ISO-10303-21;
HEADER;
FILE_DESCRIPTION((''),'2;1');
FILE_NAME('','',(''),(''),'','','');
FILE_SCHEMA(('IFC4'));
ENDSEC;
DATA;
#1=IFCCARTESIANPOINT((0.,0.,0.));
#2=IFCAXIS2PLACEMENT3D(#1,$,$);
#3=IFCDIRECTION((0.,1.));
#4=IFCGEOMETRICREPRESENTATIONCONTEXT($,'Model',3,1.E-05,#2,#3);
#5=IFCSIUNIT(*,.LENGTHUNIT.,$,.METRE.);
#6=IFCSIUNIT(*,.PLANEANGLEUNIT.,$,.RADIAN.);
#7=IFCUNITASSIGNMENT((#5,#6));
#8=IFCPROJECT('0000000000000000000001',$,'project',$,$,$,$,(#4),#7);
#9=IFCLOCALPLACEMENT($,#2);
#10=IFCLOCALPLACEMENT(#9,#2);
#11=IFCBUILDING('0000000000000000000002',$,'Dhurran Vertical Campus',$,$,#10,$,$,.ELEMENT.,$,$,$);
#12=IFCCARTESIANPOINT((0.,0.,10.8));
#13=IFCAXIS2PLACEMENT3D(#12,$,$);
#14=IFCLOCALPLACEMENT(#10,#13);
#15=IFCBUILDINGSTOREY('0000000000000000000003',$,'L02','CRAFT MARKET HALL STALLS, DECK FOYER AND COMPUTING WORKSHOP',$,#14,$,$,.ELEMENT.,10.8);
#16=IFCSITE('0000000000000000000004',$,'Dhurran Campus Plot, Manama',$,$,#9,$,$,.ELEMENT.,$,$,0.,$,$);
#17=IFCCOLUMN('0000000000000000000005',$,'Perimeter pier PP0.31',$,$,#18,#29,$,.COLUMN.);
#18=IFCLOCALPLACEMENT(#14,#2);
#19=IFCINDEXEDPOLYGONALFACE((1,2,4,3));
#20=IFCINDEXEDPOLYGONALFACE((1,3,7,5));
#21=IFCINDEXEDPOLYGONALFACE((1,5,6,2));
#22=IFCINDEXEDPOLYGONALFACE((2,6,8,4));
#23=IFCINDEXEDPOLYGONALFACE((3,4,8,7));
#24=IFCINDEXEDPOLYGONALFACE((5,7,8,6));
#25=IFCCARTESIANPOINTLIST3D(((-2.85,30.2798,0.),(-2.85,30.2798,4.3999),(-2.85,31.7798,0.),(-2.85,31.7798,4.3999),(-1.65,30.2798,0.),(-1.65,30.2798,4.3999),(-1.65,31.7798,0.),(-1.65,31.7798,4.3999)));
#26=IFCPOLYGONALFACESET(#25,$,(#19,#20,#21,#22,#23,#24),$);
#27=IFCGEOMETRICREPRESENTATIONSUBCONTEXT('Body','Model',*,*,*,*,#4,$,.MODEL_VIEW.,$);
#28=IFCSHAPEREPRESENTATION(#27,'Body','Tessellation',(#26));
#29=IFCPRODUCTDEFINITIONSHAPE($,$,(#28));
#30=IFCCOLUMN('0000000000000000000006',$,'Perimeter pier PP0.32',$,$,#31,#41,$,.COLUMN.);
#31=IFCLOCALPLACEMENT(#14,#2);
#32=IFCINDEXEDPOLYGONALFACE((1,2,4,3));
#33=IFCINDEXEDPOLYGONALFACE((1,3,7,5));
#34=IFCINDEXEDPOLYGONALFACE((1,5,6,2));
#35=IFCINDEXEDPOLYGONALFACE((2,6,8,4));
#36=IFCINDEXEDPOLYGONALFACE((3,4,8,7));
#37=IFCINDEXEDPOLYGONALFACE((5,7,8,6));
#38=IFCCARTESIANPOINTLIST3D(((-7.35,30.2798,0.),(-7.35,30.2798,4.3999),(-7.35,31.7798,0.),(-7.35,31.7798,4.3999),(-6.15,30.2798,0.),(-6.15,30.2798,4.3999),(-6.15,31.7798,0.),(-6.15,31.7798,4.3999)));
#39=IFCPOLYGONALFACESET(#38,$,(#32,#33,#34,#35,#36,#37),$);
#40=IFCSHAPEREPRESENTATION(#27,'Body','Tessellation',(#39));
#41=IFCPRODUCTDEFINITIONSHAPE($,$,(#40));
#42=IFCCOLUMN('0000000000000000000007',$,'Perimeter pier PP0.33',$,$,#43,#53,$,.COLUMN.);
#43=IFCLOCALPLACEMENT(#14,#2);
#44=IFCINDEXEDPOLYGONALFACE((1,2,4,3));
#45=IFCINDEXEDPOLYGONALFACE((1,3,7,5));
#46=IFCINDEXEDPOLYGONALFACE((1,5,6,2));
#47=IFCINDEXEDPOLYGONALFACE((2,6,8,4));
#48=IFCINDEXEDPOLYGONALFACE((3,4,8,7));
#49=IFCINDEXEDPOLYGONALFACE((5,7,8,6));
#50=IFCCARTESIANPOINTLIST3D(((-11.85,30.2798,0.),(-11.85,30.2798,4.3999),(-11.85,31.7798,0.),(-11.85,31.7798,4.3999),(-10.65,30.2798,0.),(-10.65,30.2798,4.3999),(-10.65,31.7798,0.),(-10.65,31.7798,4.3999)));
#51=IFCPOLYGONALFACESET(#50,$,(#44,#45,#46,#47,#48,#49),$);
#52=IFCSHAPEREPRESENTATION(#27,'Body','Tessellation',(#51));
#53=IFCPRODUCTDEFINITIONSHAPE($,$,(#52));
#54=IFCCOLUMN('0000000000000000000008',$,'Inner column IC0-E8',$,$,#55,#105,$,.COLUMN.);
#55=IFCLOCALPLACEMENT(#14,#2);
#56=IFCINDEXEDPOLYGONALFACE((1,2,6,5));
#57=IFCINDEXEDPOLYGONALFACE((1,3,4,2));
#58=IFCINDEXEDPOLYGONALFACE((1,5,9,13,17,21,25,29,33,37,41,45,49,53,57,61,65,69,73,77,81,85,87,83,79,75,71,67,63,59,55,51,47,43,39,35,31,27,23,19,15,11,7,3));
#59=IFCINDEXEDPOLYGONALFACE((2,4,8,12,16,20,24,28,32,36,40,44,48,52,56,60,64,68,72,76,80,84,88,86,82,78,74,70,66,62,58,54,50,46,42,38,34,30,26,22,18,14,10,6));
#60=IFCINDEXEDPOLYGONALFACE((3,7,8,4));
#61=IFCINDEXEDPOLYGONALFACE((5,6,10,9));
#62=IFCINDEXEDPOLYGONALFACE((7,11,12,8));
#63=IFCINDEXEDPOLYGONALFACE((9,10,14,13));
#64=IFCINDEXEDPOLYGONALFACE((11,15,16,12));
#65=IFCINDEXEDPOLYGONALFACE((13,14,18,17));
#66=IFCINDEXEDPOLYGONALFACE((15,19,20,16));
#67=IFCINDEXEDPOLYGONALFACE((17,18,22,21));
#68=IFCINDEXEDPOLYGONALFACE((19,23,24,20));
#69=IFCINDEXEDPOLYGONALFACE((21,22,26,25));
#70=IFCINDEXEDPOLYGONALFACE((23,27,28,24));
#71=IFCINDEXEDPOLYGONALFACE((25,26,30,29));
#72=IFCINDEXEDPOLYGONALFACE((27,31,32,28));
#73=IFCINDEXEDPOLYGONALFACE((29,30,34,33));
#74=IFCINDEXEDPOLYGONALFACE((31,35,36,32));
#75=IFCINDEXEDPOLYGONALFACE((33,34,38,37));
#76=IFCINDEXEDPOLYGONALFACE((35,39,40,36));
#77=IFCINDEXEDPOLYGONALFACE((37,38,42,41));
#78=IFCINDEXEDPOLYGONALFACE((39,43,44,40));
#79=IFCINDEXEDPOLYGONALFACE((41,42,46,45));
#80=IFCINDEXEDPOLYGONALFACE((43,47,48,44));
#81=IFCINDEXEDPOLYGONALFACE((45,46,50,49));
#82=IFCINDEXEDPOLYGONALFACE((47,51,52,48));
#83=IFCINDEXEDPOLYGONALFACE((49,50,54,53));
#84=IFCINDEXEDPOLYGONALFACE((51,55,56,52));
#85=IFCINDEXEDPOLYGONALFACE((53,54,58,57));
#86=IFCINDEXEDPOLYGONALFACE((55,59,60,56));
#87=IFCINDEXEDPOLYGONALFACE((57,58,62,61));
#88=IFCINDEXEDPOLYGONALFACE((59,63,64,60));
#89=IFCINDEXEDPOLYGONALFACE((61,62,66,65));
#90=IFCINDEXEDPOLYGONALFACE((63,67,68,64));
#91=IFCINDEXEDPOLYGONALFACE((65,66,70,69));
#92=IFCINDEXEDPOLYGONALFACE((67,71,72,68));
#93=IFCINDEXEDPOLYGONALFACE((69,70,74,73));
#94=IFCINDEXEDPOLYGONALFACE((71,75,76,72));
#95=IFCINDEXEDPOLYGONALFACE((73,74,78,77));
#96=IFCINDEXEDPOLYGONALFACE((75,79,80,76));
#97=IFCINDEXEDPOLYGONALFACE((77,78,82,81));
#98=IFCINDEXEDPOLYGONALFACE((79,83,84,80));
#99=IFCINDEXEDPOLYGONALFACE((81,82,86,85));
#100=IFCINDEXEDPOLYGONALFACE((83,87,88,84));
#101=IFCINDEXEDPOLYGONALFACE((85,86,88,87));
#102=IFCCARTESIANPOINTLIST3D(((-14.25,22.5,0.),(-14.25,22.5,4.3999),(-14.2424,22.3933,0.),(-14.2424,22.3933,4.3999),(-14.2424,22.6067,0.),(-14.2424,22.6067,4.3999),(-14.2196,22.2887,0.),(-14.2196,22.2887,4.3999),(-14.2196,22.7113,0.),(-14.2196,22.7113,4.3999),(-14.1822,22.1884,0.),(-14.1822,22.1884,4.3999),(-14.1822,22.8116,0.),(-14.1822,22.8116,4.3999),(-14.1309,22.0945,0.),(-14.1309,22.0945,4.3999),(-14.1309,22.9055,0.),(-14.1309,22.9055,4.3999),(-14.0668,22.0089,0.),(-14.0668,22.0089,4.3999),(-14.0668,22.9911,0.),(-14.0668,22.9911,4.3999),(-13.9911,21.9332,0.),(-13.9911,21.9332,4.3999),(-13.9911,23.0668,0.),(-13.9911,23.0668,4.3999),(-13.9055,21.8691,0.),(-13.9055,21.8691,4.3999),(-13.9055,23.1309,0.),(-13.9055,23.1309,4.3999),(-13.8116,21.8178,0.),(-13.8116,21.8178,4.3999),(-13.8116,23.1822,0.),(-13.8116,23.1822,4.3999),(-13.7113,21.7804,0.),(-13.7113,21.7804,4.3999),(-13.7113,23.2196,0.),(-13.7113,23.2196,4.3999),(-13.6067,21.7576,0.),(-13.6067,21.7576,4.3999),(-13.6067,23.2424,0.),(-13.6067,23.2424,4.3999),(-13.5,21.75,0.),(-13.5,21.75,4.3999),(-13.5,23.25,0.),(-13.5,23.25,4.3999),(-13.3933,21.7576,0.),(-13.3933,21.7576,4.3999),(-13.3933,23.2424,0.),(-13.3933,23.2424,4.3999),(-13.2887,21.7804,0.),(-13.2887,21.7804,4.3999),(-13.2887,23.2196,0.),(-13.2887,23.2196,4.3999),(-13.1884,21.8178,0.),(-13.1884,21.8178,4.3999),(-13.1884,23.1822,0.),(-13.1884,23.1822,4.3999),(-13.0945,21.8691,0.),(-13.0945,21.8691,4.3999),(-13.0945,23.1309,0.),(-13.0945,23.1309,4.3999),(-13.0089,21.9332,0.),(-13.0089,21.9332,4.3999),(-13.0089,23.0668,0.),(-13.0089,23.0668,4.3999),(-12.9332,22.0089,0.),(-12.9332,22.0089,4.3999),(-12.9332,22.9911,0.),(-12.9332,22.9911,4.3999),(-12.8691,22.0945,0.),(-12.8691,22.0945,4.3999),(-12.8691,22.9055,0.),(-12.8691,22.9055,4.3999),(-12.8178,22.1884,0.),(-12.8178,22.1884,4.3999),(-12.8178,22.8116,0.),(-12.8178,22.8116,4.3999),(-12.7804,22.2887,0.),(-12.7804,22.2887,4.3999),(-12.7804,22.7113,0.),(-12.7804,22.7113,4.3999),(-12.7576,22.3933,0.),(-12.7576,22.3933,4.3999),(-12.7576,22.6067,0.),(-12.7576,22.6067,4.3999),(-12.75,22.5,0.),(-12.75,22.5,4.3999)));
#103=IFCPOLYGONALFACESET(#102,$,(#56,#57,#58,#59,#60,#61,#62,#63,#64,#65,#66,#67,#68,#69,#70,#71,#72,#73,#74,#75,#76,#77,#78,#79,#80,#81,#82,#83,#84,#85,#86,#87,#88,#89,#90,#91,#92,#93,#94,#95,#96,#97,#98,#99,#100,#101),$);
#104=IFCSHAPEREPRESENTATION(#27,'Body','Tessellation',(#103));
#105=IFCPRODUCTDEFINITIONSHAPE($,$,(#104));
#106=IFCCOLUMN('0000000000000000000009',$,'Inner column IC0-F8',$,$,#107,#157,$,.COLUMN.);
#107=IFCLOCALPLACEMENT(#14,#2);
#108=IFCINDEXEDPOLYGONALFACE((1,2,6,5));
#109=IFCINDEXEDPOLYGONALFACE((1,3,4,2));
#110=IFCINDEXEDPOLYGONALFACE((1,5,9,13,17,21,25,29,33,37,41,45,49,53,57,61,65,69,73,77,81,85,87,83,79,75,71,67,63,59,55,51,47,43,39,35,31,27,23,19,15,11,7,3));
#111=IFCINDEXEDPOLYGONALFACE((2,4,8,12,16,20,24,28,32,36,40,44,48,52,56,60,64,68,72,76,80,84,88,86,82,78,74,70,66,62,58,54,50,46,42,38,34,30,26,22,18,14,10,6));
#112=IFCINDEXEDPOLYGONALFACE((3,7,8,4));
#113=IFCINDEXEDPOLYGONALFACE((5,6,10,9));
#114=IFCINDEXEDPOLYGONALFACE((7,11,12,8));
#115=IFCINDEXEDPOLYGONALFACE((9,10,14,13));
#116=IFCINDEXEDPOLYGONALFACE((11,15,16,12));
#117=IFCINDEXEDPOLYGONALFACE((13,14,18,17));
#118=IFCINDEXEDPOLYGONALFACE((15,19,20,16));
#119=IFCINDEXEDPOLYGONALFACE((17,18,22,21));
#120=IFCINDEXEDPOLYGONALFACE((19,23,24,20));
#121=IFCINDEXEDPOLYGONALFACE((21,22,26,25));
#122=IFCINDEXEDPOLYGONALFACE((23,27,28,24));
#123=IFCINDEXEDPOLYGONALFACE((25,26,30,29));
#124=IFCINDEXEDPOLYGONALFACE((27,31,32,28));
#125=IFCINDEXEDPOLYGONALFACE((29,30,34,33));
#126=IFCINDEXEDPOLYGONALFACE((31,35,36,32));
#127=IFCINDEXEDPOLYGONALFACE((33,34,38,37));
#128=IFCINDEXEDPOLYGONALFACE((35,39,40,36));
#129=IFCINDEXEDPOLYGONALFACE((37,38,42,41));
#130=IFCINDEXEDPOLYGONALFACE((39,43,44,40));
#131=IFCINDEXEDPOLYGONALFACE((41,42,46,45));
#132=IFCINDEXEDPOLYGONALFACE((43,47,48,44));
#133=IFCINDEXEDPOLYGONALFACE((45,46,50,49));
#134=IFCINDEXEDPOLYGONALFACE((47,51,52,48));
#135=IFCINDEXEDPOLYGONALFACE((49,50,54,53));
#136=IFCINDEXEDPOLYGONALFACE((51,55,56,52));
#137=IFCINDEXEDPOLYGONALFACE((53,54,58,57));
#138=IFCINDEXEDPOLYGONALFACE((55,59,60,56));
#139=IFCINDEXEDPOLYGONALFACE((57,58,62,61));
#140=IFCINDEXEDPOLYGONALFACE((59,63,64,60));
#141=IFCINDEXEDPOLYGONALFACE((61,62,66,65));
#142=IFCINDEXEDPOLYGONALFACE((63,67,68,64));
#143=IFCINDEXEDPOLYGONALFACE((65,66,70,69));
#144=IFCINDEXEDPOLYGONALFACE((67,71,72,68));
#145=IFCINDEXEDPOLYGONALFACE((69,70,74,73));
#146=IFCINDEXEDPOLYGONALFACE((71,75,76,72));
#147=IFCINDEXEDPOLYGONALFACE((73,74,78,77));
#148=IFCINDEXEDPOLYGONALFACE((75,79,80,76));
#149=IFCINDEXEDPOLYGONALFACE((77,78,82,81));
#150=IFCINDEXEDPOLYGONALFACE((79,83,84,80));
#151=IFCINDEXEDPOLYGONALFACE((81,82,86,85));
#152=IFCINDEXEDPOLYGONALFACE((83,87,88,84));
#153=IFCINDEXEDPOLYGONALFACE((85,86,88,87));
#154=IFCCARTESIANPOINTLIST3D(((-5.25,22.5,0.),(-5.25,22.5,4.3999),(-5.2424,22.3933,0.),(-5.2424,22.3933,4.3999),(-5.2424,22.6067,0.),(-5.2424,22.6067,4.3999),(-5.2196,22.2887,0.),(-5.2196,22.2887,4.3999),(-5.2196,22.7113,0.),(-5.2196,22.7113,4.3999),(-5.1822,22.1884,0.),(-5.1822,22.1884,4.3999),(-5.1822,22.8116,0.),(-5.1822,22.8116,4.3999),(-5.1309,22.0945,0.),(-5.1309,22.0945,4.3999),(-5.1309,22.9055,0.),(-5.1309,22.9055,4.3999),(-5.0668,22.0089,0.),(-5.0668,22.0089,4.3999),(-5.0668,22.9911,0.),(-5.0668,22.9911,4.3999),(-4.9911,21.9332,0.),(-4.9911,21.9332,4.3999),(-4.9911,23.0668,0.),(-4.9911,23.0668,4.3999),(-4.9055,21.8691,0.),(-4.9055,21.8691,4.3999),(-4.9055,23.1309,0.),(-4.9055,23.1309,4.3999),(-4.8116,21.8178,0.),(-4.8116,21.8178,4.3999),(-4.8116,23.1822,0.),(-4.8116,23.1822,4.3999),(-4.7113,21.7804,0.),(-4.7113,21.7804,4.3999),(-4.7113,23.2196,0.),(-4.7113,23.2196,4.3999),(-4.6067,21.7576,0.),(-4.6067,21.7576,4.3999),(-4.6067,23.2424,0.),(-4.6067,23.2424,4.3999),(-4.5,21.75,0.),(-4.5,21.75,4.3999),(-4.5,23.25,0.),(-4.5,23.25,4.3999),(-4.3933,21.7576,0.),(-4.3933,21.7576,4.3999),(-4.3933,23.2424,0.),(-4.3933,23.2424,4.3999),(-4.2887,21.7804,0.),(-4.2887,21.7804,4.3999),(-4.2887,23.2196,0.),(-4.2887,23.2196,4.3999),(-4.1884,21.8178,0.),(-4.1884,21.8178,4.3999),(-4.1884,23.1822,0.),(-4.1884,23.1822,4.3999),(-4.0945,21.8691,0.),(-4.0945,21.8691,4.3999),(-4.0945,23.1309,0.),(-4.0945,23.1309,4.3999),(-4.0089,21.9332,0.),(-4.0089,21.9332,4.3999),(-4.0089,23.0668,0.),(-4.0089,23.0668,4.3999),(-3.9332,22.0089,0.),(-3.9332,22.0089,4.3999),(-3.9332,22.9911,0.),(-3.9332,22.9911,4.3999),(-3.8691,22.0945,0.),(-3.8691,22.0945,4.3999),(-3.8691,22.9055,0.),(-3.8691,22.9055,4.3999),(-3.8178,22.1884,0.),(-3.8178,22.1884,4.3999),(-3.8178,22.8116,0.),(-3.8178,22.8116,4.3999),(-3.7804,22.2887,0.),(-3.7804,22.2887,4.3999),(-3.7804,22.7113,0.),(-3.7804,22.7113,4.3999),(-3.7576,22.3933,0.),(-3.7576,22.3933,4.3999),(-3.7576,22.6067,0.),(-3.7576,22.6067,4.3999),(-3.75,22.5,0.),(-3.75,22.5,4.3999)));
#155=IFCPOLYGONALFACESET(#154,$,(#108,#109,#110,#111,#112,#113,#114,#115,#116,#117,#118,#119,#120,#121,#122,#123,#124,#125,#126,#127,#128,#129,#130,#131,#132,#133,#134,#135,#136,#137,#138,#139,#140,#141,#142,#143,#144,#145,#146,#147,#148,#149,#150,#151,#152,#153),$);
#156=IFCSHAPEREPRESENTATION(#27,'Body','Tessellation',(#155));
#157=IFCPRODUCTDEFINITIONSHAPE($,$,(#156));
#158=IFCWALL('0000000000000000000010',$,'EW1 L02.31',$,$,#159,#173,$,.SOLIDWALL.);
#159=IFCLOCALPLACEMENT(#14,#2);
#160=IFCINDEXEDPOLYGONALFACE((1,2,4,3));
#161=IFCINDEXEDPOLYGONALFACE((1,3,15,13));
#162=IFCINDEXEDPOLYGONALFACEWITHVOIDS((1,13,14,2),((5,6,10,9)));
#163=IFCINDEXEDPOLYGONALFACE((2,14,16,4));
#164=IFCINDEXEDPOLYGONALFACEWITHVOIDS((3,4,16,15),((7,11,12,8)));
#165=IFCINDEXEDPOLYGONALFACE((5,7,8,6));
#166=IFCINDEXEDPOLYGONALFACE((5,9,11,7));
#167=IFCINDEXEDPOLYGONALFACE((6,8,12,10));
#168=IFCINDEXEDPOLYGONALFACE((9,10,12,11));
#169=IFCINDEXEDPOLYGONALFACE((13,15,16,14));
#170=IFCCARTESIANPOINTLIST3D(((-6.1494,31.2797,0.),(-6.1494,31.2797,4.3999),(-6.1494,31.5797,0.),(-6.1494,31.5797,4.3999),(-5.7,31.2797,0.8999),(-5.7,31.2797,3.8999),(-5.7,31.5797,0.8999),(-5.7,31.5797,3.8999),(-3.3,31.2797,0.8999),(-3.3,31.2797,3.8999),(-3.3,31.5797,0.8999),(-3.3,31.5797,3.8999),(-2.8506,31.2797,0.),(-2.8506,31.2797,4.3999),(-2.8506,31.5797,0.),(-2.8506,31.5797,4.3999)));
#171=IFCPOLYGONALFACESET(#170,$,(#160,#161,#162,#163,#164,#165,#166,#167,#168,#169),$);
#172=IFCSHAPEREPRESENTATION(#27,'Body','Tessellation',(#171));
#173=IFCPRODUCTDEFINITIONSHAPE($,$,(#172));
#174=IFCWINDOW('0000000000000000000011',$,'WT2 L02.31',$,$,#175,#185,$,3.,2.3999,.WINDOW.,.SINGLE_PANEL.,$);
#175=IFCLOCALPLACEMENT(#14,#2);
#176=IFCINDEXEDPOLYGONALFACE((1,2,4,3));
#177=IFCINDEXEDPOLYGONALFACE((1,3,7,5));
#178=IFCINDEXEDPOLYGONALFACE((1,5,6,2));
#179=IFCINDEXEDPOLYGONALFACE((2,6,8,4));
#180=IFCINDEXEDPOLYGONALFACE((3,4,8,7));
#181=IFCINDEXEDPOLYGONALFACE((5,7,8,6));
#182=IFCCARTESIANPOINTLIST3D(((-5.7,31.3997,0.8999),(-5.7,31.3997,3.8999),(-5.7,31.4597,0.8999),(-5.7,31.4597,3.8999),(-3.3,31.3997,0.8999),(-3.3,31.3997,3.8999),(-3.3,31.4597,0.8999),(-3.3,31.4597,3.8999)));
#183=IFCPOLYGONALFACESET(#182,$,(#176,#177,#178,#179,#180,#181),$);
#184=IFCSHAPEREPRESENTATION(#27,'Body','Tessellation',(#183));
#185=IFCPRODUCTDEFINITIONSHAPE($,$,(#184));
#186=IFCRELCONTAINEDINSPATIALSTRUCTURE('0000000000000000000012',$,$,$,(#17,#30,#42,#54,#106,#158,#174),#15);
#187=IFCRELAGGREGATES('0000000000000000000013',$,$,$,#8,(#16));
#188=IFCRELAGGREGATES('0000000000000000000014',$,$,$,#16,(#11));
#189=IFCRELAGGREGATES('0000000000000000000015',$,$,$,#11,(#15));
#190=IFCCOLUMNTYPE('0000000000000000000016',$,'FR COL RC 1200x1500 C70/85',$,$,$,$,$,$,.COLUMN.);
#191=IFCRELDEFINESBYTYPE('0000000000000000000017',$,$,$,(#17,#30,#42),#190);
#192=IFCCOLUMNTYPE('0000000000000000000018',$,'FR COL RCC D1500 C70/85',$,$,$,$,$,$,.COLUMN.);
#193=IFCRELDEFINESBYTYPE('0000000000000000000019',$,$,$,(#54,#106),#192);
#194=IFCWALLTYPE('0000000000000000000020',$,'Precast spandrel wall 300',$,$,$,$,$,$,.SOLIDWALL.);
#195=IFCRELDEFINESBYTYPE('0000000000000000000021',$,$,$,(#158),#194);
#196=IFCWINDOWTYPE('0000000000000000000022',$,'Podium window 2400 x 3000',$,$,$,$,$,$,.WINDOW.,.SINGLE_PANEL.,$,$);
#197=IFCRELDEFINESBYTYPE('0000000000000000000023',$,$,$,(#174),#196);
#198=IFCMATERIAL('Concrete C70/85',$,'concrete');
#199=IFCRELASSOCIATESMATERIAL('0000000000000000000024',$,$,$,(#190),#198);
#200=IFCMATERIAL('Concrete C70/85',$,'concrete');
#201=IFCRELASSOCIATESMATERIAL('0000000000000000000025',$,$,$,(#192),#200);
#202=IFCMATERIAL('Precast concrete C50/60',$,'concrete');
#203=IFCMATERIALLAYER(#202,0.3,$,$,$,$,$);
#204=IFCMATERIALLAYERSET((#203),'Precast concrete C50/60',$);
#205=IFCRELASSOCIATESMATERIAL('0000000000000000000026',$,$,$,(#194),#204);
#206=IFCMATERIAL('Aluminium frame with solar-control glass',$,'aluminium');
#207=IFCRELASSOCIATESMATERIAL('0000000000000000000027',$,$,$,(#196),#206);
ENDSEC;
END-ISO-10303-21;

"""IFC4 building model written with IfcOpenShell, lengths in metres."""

from ifc_helpers import new_model, si_unit, direction, frame, frame_2d, origin, origin_2d, place, context, subcontext, project, spatial, rectangle, circle, extrude, material, layer, layer_set, material_profile, profile_set, type_object, element, fill, save


model = new_model("IFC4")

# Units and contexts
model_context = context("Model", 3, precision=1e-05, world=origin(), true_north=direction((0.0, 1.0)))
body_context = subcontext(model_context, "Body", "Model", "MODEL_VIEW")
ifc_project = project(units=[si_unit("LENGTHUNIT", "METRE"), si_unit("PLANEANGLEUNIT", "RADIAN")], contexts=[model_context])

# Site, building, storey
site_placement = place(None, origin())
site = spatial("IfcSite", under=ifc_project, at=site_placement, Name="Dhurran Campus Plot, Manama", CompositionType="ELEMENT", RefElevation=0.0)
building_placement = place(site_placement, origin())
building = spatial("IfcBuilding", under=site, at=building_placement, Name="Dhurran Vertical Campus", CompositionType="ELEMENT")
storey_placement = place(building_placement, frame((0.0, 0.0, 10.8)))
storey = spatial("IfcBuildingStorey", under=building, at=storey_placement, Name="L02", Description="CRAFT MARKET HALL STALLS, DECK FOYER AND COMPUTING WORKSHOP", CompositionType="ELEMENT", Elevation=10.8)

# Columns
ifc_material_1 = material(Name="Concrete C70/85", Category="concrete")
ifc_material_profile_1 = material_profile(ifc_material_1, rectangle(XDim=1.2, YDim=1.5, at=origin_2d()), Name="RC 1200x1500")
ifc_profile_set_1 = profile_set([ifc_material_profile_1], Name="Concrete C70/85")
column_type_1 = type_object("IfcColumnType", Name="FR COL RC 1200x1500 C70/85", PredefinedType="COLUMN", material=ifc_profile_set_1)
for number, where, z_axis, x_axis, name in (
    (1, (-2.25, 31.0298, 0.0), (0.0, 0.0, 1.0), (-1.0, 0.0, 0.0), "Perimeter pier PP0.31"),
    (2, (-6.75, 31.0298, 0.0), (0.0, 0.0, 1.0), (-1.0, 0.0, 0.0), "Perimeter pier PP0.32"),
    (3, (-11.25, 31.0298, 0.0), (0.0, 0.0, 1.0), (-1.0, 0.0, 0.0), "Perimeter pier PP0.33"),
):
    element("IfcColumn", number, at=place(storey_placement, frame(where, z_axis=z_axis, x_axis=x_axis)), inside=storey, type_object=column_type_1, Name=name, PredefinedType="COLUMN", context=body_context, shape_type="SweptSolid", body=[
        extrude(rectangle(XDim=1.2, YDim=1.5, at=origin_2d()), origin(), (0.0, 0.0, 1.0), 4.3999),
    ])
ifc_material_2 = material(Name="Concrete C70/85", Category="concrete")
ifc_material_profile_2 = material_profile(ifc_material_2, circle(Radius=0.75, at=origin_2d()), Name="RCC D1500")
ifc_profile_set_2 = profile_set([ifc_material_profile_2], Name="Concrete C70/85")
column_type_2 = type_object("IfcColumnType", Name="FR COL RCC D1500 C70/85", PredefinedType="COLUMN", material=ifc_profile_set_2)
for number, where, z_axis, x_axis, name in (
    (4, (-13.5, 22.5, 0.0), (0.0, 0.0, 1.0), (1.0, 0.0, 0.0), "Inner column IC0-E8"),
    (5, (-4.5, 22.5, 0.0), (0.0, 0.0, 1.0), (1.0, 0.0, 0.0), "Inner column IC0-F8"),
):
    element("IfcColumn", number, at=place(storey_placement, frame(where, z_axis=z_axis, x_axis=x_axis)), inside=storey, type_object=column_type_2, Name=name, PredefinedType="COLUMN", context=body_context, shape_type="SweptSolid", body=[
        extrude(circle(Radius=0.75, at=origin_2d()), origin(), (0.0, 0.0, 1.0), 4.3999),
    ])

# Shared definitions
ifc_material_3 = material(Name="Precast concrete C50/60", Category="concrete")
ifc_layer_1 = layer(ifc_material_3, 0.3)
ifc_layer_set_1 = layer_set([ifc_layer_1], Name="Precast concrete C50/60")
wall_type_1 = type_object("IfcWallType", Name="Precast spandrel wall 300", PredefinedType="SOLIDWALL", material=ifc_layer_set_1)

# Wall, opening, window
wall_1_placement = place(storey_placement, frame((-2.8506, 31.4297, 0.0), z_axis=(0.0, 0.0, 1.0), x_axis=(-1.0, 0.0, 0.0)))
wall_1 = element("IfcWall", 6, at=wall_1_placement, inside=storey, type_object=wall_type_1, Name="EW1 L02.31", PredefinedType="SOLIDWALL", context=body_context, shape_type="SweptSolid", body=[
    extrude(rectangle(XDim=3.2988, YDim=0.3, at=frame_2d((1.6494, 0.0))), origin(), (0.0, 0.0, 1.0), 4.3999),
])
opening_1_placement = place(wall_1_placement, frame((0.4495, 0.0, 0.8999)))
opening_1 = element("IfcOpeningElement", 7, at=opening_1_placement, cuts=wall_1, PredefinedType="OPENING", context=body_context, shape_type="SweptSolid", body=[
    extrude(rectangle(XDim=2.3999, YDim=3.0, at=frame_2d((1.2, 1.5))), frame((0.0, 0.1599, 0.0), z_axis=(0.0, -1.0, 0.0), x_axis=(1.0, 0.0, 0.0)), (0.0, 0.0, 1.0), 0.3201),
])
ifc_material_4 = material(Name="Aluminium frame with solar-control glass", Category="aluminium")
window_type = type_object("IfcWindowType", Name="Podium window 2400 x 3000", PartitioningType="SINGLE_PANEL", PredefinedType="WINDOW", material=ifc_material_4)
window_1_placement = place(opening_1_placement, origin())
window_1 = element("IfcWindow", 8, at=window_1_placement, inside=storey, type_object=window_type, Name="WT2 L02.31", OverallHeight=3.0, OverallWidth=2.3999, PartitioningType="SINGLE_PANEL", PredefinedType="WINDOW", context=body_context, shape_type="SweptSolid", body=[
    extrude(rectangle(XDim=2.3999, YDim=3.0, at=frame_2d((1.2, 1.5))), frame((0.0, 0.03, 0.0), z_axis=(0.0, -1.0, 0.0), x_axis=(1.0, 0.0, 0.0)), (0.0, 0.0, 1.0), 0.0601),
])
fill(opening_1, window_1)

save(model, "model.ifc")
